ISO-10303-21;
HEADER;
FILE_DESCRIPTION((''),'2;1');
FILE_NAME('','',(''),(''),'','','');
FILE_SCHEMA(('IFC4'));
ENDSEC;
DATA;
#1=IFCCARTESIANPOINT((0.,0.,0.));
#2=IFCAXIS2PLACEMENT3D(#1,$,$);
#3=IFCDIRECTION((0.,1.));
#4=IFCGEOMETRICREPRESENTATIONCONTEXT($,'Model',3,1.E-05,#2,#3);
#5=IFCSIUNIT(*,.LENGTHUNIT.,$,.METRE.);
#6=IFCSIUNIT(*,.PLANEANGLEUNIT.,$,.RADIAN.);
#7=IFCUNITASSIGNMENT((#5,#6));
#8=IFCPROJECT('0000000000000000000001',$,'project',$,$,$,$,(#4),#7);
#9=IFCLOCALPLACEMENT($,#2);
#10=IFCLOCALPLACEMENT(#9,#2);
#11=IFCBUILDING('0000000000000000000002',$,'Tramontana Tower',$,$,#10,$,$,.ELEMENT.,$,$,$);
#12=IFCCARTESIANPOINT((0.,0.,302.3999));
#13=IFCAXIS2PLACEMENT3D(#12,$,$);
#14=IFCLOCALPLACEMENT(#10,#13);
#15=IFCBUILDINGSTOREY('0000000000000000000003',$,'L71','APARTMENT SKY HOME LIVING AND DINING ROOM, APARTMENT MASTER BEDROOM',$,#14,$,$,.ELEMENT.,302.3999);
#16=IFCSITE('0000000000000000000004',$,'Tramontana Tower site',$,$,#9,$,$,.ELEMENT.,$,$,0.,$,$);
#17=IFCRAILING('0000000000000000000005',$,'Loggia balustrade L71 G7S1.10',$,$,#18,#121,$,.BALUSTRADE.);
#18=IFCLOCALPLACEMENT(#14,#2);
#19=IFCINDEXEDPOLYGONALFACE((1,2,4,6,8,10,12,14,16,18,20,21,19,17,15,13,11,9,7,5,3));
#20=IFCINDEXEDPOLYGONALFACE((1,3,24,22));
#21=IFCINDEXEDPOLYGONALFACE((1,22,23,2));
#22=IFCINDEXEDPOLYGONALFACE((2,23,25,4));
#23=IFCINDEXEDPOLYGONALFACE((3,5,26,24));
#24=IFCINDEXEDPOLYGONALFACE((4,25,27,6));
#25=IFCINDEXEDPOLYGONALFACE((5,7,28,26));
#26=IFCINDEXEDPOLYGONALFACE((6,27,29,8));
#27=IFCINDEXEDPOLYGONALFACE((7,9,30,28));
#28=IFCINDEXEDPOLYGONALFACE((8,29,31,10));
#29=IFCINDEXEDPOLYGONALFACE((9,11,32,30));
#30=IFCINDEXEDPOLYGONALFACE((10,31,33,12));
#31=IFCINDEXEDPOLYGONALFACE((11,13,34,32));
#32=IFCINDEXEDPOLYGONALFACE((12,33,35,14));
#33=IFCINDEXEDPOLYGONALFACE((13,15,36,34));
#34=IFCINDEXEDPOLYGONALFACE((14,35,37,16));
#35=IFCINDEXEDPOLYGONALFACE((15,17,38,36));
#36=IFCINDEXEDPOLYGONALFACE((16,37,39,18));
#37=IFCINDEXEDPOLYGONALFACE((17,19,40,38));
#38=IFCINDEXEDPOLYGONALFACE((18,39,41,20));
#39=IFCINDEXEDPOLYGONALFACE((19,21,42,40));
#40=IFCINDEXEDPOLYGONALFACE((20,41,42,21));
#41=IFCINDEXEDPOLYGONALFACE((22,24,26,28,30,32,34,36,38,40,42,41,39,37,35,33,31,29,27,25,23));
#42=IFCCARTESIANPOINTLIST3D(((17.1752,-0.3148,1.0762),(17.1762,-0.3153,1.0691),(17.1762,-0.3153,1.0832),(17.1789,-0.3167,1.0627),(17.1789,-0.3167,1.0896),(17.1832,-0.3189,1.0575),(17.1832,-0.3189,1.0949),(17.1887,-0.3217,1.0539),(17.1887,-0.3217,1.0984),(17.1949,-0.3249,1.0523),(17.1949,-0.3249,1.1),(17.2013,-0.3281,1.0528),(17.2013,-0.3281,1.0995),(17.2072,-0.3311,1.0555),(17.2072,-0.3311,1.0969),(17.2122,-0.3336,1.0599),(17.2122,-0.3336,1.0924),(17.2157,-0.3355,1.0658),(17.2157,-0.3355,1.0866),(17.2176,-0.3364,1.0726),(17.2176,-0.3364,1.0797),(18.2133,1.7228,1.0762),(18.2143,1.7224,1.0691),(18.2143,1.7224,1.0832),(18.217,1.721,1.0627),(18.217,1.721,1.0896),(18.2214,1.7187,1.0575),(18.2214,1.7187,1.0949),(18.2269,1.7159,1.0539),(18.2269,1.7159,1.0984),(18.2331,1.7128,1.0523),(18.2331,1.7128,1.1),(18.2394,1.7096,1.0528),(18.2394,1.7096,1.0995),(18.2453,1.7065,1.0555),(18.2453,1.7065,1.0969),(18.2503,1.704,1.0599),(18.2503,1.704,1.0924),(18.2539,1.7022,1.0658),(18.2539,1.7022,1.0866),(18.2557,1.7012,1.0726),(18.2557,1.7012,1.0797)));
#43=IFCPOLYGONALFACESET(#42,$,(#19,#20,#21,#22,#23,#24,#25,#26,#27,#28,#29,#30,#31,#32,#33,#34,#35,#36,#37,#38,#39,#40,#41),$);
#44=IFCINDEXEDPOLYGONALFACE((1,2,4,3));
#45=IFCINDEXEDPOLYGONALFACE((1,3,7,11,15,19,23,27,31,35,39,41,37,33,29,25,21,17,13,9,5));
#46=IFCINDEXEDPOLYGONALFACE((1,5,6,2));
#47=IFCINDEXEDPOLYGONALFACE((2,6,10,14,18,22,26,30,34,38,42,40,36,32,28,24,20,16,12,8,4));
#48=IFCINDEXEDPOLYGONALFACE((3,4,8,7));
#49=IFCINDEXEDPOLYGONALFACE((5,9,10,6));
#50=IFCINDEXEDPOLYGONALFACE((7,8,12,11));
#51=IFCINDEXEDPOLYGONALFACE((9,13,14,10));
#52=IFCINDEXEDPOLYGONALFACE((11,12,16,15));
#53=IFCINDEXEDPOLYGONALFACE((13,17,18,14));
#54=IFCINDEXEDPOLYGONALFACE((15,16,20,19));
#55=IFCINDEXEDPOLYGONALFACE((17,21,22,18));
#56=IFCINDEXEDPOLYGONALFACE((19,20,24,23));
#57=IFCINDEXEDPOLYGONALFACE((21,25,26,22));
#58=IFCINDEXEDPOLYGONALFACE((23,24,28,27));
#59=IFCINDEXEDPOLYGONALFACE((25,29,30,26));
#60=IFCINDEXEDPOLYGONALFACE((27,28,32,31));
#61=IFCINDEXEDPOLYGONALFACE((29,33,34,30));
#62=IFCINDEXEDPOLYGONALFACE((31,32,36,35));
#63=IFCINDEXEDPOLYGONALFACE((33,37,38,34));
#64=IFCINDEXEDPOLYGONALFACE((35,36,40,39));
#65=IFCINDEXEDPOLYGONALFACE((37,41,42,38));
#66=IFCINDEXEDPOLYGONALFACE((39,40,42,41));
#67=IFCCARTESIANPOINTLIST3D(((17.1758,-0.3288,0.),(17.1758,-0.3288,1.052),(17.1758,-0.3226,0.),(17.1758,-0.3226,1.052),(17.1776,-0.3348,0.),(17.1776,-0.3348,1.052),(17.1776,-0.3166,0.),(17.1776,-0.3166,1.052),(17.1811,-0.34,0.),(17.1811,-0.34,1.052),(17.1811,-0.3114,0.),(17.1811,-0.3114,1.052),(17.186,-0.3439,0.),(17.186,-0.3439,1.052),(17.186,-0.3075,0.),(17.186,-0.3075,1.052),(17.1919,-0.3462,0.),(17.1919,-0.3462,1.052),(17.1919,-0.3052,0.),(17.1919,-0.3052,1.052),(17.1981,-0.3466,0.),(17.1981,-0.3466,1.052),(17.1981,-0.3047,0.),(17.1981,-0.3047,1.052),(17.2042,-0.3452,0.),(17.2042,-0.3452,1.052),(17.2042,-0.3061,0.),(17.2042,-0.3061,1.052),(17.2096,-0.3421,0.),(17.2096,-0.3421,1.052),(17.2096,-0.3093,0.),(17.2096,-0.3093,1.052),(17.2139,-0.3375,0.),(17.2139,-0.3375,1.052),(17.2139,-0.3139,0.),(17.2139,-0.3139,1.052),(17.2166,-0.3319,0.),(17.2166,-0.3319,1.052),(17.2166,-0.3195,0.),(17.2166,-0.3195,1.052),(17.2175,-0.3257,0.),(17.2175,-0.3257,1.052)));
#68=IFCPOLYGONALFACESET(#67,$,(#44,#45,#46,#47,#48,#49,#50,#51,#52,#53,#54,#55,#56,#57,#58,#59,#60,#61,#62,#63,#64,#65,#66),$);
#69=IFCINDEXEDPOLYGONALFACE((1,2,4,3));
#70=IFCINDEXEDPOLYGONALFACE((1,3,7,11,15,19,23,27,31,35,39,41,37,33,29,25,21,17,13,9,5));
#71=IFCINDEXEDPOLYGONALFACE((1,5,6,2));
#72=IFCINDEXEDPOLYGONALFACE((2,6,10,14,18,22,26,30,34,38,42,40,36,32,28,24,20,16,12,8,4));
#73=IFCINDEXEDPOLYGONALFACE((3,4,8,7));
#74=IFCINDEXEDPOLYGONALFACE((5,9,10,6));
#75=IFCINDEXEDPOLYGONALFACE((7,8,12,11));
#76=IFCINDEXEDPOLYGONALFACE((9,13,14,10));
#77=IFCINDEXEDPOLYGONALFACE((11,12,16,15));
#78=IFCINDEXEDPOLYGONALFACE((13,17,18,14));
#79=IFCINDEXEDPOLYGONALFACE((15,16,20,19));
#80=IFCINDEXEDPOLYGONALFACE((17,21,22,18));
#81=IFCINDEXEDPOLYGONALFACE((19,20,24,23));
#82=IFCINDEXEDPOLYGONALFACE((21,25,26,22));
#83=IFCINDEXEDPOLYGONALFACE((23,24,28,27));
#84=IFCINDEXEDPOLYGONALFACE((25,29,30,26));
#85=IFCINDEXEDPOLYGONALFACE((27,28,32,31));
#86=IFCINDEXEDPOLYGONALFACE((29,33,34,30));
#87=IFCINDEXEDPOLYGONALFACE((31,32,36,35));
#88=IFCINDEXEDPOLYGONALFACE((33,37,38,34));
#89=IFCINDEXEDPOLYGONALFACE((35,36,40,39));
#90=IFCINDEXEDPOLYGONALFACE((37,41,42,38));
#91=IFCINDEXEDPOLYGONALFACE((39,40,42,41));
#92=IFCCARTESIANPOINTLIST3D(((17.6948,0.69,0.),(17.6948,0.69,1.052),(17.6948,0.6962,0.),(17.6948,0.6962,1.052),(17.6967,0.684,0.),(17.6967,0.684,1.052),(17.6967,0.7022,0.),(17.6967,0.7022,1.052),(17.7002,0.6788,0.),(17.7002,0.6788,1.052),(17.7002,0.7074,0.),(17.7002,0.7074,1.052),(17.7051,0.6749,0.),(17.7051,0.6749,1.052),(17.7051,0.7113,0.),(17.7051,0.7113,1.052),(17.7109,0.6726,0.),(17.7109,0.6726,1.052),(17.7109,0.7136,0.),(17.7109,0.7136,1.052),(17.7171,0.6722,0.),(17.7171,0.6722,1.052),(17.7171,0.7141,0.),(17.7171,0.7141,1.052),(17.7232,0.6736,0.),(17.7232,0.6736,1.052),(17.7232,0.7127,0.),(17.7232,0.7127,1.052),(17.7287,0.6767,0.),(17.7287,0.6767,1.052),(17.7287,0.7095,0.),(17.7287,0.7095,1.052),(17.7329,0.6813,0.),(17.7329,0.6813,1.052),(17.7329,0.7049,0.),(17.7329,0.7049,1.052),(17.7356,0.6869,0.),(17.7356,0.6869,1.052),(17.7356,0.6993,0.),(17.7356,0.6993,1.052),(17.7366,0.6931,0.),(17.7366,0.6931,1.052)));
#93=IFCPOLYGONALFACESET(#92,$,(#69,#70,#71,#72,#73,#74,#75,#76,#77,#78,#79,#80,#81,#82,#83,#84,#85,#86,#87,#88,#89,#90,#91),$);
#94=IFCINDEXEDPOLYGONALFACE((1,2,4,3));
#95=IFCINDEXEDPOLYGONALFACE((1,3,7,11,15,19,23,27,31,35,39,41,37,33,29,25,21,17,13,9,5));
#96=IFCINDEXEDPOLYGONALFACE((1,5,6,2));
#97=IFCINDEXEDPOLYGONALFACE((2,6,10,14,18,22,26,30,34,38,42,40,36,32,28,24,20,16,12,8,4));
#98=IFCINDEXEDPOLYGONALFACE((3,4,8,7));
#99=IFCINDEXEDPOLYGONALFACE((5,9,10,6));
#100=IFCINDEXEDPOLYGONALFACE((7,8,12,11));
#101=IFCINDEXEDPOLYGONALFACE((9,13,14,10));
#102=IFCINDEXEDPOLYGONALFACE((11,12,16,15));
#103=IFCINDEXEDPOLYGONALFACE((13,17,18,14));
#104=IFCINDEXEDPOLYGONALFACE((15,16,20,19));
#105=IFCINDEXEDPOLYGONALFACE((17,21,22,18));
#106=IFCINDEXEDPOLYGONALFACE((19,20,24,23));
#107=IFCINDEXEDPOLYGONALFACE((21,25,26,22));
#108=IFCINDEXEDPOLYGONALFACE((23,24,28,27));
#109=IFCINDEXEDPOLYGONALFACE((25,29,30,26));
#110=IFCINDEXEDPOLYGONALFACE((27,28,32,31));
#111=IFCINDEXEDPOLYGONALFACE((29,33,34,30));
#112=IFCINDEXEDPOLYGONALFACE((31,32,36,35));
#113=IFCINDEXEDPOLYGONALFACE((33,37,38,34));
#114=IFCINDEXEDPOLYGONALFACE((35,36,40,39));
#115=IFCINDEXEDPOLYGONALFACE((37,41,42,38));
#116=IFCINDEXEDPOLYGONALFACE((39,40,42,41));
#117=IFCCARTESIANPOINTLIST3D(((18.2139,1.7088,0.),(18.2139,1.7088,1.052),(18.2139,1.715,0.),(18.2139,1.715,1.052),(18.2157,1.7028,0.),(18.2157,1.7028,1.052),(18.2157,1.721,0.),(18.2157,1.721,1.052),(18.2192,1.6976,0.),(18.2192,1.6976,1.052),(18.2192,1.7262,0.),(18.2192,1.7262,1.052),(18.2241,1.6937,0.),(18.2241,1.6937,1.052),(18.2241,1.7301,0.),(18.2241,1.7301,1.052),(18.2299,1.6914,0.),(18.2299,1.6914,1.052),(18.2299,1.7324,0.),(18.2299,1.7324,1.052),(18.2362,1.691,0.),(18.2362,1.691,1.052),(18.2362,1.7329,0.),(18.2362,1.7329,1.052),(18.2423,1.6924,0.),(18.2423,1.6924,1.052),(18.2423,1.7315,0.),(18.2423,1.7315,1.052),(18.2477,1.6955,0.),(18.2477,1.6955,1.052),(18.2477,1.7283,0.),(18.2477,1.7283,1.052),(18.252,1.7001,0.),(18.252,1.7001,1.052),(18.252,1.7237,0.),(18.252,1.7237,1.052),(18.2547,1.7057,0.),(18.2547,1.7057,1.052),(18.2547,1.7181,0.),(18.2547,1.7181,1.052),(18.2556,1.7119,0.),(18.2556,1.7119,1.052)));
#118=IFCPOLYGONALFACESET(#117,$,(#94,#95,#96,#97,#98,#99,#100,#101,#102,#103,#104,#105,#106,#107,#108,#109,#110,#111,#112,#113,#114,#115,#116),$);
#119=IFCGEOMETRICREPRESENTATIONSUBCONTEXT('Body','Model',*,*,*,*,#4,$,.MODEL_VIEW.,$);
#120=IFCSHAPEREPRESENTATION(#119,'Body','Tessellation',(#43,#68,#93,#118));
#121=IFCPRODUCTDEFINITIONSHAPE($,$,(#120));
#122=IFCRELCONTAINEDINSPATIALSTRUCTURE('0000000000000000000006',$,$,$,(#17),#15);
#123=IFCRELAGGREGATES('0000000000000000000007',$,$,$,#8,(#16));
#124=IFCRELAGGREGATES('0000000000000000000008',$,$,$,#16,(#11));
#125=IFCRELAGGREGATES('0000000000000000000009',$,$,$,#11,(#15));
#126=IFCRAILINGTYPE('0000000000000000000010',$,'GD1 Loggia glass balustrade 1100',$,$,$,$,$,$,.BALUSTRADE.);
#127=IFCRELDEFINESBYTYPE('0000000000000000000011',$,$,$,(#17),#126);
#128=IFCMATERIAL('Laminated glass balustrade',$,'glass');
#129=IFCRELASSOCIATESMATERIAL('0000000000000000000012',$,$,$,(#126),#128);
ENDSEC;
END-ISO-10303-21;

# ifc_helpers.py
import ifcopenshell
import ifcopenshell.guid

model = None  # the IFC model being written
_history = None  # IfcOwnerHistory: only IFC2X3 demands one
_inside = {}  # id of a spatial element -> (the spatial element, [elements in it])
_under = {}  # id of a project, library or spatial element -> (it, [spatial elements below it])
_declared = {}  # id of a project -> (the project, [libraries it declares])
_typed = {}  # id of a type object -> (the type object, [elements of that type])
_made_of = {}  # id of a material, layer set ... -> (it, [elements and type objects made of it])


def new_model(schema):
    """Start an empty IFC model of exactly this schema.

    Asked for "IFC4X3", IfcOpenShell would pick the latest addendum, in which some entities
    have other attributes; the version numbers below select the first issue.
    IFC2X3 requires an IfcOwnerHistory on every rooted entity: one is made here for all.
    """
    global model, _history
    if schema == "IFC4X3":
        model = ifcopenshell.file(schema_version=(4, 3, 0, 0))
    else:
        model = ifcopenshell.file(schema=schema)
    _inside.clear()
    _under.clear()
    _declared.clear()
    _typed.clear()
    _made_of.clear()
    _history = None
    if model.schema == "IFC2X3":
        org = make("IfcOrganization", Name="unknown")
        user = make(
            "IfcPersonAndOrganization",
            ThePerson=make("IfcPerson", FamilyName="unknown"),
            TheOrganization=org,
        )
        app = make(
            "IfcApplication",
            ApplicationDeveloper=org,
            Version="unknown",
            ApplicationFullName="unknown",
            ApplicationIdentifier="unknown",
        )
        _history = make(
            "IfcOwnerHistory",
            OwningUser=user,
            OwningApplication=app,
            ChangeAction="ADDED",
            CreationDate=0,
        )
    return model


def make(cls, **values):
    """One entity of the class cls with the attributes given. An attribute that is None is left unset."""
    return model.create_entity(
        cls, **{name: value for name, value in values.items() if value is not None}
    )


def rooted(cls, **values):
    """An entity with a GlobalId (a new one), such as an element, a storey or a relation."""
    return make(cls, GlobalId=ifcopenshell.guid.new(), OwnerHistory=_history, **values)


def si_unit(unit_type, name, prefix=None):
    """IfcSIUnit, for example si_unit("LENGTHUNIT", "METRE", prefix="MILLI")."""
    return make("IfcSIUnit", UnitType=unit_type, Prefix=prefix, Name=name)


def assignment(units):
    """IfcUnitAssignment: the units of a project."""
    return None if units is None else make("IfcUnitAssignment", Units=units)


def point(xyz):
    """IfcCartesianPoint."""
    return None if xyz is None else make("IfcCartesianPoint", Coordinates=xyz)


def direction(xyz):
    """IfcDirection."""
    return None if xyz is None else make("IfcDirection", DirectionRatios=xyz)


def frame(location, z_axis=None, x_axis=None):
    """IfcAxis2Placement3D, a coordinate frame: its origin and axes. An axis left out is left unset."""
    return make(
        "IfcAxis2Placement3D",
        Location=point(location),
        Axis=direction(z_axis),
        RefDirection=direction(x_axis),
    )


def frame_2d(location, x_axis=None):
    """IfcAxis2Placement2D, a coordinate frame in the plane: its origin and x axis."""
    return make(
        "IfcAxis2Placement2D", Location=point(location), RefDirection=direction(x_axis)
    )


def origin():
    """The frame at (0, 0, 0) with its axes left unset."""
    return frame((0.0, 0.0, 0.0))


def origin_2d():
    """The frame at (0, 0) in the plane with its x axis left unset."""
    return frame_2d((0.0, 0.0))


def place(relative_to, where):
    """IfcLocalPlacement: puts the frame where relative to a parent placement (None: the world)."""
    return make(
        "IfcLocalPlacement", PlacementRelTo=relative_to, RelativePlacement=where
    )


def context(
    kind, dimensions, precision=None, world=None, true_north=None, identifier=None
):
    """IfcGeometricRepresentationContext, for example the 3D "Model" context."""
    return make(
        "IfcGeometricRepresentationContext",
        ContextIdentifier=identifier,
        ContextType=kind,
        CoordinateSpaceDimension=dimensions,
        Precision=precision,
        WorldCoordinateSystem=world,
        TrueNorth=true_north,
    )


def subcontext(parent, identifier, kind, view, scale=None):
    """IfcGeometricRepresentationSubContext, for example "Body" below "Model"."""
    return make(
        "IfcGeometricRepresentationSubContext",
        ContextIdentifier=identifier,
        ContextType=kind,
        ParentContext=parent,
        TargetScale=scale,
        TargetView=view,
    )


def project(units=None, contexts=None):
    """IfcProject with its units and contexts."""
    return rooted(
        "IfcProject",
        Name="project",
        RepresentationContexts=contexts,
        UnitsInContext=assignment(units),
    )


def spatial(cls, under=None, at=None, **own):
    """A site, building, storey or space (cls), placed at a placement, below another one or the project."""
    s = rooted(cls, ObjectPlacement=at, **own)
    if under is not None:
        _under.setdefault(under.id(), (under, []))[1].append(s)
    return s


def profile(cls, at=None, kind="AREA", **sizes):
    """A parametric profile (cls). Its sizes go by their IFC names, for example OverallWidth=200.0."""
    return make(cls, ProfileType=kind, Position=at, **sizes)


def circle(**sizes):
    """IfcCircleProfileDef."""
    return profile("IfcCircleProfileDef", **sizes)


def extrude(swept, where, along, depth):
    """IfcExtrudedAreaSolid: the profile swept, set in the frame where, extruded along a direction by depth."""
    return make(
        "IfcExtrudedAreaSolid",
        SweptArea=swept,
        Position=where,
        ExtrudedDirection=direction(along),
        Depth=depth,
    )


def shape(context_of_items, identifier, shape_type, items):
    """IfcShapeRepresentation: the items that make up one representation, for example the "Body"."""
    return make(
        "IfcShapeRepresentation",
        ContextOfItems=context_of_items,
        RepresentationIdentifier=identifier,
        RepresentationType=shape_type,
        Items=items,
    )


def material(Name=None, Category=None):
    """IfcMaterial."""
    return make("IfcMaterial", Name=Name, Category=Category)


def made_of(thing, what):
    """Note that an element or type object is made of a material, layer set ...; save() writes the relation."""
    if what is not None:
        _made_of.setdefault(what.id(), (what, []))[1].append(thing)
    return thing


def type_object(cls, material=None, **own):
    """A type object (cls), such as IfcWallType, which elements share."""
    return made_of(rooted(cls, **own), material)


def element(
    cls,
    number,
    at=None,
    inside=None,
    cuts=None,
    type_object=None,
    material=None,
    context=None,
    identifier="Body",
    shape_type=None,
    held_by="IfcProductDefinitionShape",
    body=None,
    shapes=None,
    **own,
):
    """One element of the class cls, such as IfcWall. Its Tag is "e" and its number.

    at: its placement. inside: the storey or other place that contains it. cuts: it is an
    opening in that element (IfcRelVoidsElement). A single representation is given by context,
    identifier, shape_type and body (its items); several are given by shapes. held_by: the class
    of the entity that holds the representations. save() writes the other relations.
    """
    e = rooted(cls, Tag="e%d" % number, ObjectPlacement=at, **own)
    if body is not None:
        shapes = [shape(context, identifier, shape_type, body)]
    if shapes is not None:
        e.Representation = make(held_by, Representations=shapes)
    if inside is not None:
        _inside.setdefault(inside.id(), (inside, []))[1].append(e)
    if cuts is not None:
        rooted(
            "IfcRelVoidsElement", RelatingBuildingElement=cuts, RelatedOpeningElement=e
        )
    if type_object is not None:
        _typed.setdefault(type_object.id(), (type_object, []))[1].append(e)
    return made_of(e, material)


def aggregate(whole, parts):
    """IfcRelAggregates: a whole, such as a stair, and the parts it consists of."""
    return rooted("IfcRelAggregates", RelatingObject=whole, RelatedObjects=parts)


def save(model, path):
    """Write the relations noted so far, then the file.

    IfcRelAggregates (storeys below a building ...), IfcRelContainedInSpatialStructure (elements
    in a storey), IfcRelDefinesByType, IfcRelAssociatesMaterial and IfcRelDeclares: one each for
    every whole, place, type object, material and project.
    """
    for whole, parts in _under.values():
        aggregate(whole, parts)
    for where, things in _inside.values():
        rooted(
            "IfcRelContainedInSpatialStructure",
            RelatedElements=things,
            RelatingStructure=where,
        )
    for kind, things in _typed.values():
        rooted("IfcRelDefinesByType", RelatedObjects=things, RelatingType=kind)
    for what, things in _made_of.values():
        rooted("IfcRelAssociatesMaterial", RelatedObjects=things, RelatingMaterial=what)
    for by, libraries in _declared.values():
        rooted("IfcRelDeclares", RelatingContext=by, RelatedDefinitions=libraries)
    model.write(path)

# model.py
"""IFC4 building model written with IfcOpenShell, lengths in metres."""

from ifc_helpers import new_model, si_unit, direction, frame, origin, origin_2d, place, context, subcontext, project, spatial, circle, extrude, material, type_object, element, save


model = new_model("IFC4")

# Units and contexts
model_context = context("Model", 3, precision=1e-05, world=origin(), true_north=direction((0.0, 1.0)))
body_context = subcontext(model_context, "Body", "Model", "MODEL_VIEW")
ifc_project = project(units=[si_unit("LENGTHUNIT", "METRE"), si_unit("PLANEANGLEUNIT", "RADIAN")], contexts=[model_context])

# Site, building, storey
site_placement = place(None, origin())
site = spatial("IfcSite", under=ifc_project, at=site_placement, Name="Tramontana Tower site", CompositionType="ELEMENT", RefElevation=0.0)
building_placement = place(site_placement, origin())
building = spatial("IfcBuilding", under=site, at=building_placement, Name="Tramontana Tower", CompositionType="ELEMENT")
storey_placement = place(building_placement, frame((0.0, 0.0, 302.3999)))
storey = spatial("IfcBuildingStorey", under=building, at=storey_placement, Name="L71", Description="APARTMENT SKY HOME LIVING AND DINING ROOM, APARTMENT MASTER BEDROOM", CompositionType="ELEMENT", Elevation=302.3999)

# Railing
ifc_material_1 = material(Name="Laminated glass balustrade", Category="glass")
railing_type_1 = type_object("IfcRailingType", Name="GD1 Loggia glass balustrade 1100", PredefinedType="BALUSTRADE", material=ifc_material_1)
railing_1_placement = place(storey_placement, frame((17.1965, -0.3257, 0.0)))
element("IfcRailing", 1, at=railing_1_placement, inside=storey, type_object=railing_type_1, Name="Loggia balustrade L71 G7S1.10", PredefinedType="BALUSTRADE", context=body_context, shape_type="SweptSolid", body=[
    extrude(circle(Radius=0.0239, at=origin_2d()), frame((0.0, 0.0, 1.0762), z_axis=(0.453948, 0.891028, 0.0), x_axis=(-0.891028, 0.453948, 0.0)), (0.0, 0.0, 1.0), 2.2869),
    extrude(circle(Radius=0.021, at=origin_2d()), origin(), (0.0, 0.0, 1.0), 1.052),
    extrude(circle(Radius=0.021, at=origin_2d()), frame((0.519, 1.0188, 0.0)), (0.0, 0.0, 1.0), 1.052),
    extrude(circle(Radius=0.021, at=origin_2d()), frame((1.0381, 2.0376, 0.0)), (0.0, 0.0, 1.0), 1.052),
])

save(model, "model.ifc")
